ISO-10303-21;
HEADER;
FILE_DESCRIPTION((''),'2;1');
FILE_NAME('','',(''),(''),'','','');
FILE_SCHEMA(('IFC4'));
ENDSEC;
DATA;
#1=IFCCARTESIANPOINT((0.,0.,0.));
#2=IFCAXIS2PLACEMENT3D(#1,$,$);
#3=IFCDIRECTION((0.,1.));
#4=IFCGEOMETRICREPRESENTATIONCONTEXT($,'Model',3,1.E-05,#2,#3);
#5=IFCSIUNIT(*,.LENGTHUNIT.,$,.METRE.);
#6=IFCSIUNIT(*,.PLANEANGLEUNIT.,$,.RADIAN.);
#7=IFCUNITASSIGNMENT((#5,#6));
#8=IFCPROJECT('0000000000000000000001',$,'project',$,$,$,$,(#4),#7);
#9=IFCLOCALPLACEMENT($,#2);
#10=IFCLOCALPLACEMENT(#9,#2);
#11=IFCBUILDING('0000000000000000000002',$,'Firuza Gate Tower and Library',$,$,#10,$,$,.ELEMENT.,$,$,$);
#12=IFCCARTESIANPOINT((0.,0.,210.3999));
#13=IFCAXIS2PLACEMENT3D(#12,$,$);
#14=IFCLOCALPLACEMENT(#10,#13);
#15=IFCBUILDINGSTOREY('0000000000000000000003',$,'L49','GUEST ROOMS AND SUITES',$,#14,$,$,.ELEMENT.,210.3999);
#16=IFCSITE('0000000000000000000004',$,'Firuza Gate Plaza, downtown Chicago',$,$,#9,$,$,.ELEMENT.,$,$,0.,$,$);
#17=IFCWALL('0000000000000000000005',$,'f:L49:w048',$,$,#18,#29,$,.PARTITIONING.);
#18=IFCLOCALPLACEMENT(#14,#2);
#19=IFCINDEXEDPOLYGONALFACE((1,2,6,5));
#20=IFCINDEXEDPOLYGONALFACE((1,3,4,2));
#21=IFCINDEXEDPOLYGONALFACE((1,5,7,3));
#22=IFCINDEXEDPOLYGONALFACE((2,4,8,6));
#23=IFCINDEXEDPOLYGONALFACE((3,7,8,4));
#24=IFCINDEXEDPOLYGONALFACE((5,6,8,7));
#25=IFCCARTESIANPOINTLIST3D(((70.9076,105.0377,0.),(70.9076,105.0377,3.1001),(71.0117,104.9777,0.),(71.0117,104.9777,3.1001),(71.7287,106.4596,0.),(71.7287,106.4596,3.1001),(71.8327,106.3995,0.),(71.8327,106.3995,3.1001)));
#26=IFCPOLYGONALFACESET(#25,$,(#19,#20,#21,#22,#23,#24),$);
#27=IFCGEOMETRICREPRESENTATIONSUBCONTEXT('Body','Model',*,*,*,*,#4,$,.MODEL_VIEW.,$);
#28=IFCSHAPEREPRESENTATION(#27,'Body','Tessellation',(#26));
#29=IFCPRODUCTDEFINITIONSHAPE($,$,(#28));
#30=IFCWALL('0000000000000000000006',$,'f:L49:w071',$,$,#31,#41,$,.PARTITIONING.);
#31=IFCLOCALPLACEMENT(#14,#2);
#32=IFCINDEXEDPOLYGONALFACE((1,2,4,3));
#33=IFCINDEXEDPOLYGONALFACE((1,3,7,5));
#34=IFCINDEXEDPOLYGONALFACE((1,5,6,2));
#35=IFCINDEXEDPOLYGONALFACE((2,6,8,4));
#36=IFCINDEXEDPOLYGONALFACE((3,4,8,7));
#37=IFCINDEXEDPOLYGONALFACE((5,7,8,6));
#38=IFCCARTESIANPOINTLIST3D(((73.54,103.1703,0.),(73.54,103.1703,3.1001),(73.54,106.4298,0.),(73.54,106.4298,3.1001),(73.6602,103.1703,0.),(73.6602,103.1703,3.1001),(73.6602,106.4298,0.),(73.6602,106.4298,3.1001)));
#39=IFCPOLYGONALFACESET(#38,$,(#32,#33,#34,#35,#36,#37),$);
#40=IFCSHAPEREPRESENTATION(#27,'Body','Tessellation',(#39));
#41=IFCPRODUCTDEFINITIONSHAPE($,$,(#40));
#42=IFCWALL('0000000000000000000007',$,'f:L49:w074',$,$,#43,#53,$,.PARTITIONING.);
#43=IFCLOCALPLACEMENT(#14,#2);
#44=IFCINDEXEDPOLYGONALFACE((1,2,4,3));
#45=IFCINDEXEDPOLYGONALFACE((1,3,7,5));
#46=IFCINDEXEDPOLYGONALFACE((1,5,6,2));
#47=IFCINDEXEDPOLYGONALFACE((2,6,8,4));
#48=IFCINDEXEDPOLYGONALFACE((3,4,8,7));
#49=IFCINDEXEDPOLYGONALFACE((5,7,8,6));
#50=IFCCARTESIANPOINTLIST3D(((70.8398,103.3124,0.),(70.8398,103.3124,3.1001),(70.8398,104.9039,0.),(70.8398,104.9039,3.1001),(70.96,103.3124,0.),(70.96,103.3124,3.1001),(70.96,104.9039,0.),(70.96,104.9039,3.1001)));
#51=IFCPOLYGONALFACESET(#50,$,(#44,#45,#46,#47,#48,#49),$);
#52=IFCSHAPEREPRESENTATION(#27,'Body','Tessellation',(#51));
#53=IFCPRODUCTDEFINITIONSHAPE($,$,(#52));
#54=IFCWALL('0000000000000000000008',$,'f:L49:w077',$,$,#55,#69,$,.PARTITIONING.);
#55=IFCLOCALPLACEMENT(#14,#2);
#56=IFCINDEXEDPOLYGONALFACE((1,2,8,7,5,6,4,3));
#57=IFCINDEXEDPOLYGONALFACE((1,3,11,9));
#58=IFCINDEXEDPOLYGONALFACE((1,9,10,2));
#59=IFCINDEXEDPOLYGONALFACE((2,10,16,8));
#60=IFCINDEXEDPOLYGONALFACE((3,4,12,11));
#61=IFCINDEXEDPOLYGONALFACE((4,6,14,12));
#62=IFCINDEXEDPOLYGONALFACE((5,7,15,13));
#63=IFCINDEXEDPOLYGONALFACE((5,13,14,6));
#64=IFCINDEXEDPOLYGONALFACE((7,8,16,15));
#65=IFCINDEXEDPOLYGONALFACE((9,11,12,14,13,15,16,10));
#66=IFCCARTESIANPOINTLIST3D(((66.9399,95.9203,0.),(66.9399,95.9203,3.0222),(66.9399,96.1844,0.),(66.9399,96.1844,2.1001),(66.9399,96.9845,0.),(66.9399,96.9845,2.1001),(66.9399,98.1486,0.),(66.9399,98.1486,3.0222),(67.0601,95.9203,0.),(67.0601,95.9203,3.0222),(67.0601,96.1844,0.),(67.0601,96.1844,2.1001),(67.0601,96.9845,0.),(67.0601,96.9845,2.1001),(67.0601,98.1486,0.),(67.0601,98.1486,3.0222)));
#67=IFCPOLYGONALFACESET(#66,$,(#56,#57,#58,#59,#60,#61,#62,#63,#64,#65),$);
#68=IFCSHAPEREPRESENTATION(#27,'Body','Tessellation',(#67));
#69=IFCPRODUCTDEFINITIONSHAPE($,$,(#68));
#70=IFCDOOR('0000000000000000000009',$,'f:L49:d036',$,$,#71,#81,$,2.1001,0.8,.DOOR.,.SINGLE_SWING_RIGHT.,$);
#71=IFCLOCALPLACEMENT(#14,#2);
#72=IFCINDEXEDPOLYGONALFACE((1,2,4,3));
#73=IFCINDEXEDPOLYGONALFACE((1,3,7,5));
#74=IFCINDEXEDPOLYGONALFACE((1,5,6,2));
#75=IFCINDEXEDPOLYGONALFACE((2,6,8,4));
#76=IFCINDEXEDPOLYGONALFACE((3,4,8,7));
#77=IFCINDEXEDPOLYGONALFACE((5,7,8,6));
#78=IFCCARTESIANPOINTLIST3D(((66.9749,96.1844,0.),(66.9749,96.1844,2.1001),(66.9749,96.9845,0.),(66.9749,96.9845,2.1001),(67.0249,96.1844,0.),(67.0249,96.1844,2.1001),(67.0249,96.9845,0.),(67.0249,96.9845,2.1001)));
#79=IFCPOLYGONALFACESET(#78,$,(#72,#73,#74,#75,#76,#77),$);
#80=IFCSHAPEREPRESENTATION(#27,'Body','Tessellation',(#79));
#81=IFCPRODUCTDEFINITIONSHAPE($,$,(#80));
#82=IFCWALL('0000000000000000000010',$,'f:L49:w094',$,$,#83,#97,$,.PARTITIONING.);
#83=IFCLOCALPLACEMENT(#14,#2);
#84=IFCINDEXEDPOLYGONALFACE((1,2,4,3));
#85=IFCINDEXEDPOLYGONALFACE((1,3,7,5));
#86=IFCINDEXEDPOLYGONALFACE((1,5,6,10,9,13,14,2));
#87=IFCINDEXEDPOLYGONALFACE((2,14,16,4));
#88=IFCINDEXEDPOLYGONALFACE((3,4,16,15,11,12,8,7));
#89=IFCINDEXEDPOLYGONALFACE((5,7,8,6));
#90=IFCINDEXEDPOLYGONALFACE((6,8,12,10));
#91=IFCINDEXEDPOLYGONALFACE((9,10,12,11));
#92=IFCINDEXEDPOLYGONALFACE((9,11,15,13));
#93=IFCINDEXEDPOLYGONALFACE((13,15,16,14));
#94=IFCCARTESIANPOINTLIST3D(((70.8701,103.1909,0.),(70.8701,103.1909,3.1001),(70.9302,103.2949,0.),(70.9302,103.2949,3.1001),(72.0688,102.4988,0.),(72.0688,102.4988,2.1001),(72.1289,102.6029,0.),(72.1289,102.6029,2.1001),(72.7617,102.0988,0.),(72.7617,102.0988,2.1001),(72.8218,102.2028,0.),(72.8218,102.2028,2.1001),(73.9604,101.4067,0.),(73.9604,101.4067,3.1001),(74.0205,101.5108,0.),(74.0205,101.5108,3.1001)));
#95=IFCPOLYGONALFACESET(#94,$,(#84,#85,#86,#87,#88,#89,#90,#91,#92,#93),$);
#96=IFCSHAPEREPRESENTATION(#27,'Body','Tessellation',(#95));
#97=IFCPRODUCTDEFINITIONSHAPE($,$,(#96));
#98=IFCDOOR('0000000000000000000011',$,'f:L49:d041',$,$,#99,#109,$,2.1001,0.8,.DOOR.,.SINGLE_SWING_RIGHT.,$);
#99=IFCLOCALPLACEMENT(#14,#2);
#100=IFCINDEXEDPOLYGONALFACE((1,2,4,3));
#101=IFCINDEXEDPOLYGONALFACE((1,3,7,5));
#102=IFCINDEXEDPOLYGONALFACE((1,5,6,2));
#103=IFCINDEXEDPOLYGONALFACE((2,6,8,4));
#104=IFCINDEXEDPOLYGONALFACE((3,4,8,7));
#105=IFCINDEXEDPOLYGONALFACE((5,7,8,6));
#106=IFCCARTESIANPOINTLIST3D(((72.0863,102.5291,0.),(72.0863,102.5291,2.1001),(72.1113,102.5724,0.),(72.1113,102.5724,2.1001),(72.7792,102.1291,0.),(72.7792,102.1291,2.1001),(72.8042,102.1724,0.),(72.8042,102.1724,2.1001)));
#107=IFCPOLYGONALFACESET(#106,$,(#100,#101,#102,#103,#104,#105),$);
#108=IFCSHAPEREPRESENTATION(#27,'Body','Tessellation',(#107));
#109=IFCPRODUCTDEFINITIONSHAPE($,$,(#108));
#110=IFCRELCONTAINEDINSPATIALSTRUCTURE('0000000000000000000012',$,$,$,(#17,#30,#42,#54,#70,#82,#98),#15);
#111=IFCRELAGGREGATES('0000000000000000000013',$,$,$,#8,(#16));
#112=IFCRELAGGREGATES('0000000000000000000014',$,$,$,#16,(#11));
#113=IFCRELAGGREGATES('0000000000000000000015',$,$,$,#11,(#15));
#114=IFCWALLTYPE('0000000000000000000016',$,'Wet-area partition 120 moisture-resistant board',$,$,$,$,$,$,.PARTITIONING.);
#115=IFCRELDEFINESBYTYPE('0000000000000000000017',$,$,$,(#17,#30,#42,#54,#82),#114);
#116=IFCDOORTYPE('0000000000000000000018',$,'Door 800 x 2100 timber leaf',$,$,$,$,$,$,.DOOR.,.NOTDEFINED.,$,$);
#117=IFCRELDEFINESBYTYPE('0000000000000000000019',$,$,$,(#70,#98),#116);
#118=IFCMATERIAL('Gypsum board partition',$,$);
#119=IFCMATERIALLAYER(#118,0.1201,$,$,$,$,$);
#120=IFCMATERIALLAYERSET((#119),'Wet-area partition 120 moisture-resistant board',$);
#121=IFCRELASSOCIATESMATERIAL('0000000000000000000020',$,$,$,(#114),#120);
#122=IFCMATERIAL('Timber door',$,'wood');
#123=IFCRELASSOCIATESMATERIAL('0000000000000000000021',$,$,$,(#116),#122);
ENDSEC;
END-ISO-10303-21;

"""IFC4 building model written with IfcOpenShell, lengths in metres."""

from ifc_helpers import new_model, si_unit, direction, frame, frame_2d, origin, place, context, subcontext, project, spatial, rectangle, extrude, material, layer, layer_set, type_object, element, fill, save


model = new_model("IFC4")

# Units and contexts
model_context = context("Model", 3, precision=1e-05, world=origin(), true_north=direction((0.0, 1.0)))
body_context = subcontext(model_context, "Body", "Model", "MODEL_VIEW")
ifc_project = project(units=[si_unit("LENGTHUNIT", "METRE"), si_unit("PLANEANGLEUNIT", "RADIAN")], contexts=[model_context])

# Site, building, storey
site_placement = place(None, origin())
site = spatial("IfcSite", under=ifc_project, at=site_placement, Name="Firuza Gate Plaza, downtown Chicago", CompositionType="ELEMENT", RefElevation=0.0)
building_placement = place(site_placement, origin())
building = spatial("IfcBuilding", under=site, at=building_placement, Name="Firuza Gate Tower and Library", CompositionType="ELEMENT")
storey_placement = place(building_placement, frame((0.0, 0.0, 210.3999)))
storey = spatial("IfcBuildingStorey", under=building, at=storey_placement, Name="L49", Description="GUEST ROOMS AND SUITES", CompositionType="ELEMENT", Elevation=210.3999)

# Walls
ifc_material_1 = material(Name="Gypsum board partition")
ifc_layer_1 = layer(ifc_material_1, 0.1201)
ifc_layer_set_1 = layer_set([ifc_layer_1], Name="Wet-area partition 120 moisture-resistant board")
wall_type_1 = type_object("IfcWallType", Name="Wet-area partition 120 moisture-resistant board", PredefinedType="PARTITIONING", material=ifc_layer_set_1)
wall_1_placement = place(storey_placement, frame((70.9597, 105.0078, 0.0), z_axis=(0.0, 0.0, 1.0), x_axis=(0.500057, 0.865992, 0.0)))
element("IfcWall", 1, at=wall_1_placement, inside=storey, type_object=wall_type_1, Name="f:L49:w048", PredefinedType="PARTITIONING", context=body_context, shape_type="SweptSolid", body=[
    extrude(rectangle(XDim=1.6418, YDim=0.1201, at=frame_2d((0.8208, 0.0))), origin(), (0.0, 0.0, 1.0), 3.1001),
])
wall_2_placement = place(storey_placement, frame((73.6001, 103.1702, 0.0), z_axis=(0.0, 0.0, 1.0), x_axis=(0.0, 1.0, 0.0)))
element("IfcWall", 2, at=wall_2_placement, inside=storey, type_object=wall_type_1, Name="f:L49:w071", PredefinedType="PARTITIONING", context=body_context, shape_type="SweptSolid", body=[
    extrude(rectangle(XDim=3.2595, YDim=0.1201, at=frame_2d((1.6299, 0.0))), origin(), (0.0, 0.0, 1.0), 3.1001),
])
wall_3_placement = place(storey_placement, frame((70.8999, 103.3123, 0.0), z_axis=(0.0, 0.0, 1.0), x_axis=(0.0, 1.0, 0.0)))
element("IfcWall", 3, at=wall_3_placement, inside=storey, type_object=wall_type_1, Name="f:L49:w074", PredefinedType="PARTITIONING", context=body_context, shape_type="SweptSolid", body=[
    extrude(rectangle(XDim=1.5916, YDim=0.1201, at=frame_2d((0.7959, 0.0))), origin(), (0.0, 0.0, 1.0), 3.1001),
])

# Walls, openings, doors
wall_4_placement = place(storey_placement, frame((67.0, 98.1487, 0.0), z_axis=(0.0, 0.0, 1.0), x_axis=(0.0, -1.0, 0.0)))
wall_4 = element("IfcWall", 4, at=wall_4_placement, inside=storey, type_object=wall_type_1, Name="f:L49:w077", PredefinedType="PARTITIONING", context=body_context, shape_type="SweptSolid", body=[
    extrude(rectangle(XDim=2.2283, YDim=0.1201, at=frame_2d((1.1143, 0.0))), origin(), (0.0, 0.0, 1.0), 3.0222),
])
opening_1_placement = place(wall_4_placement, frame((1.1643, 0.0, 0.0)))
opening_1 = element("IfcOpeningElement", 5, at=opening_1_placement, cuts=wall_4, PredefinedType="OPENING", context=body_context, shape_type="SweptSolid", body=[
    extrude(rectangle(XDim=0.8, YDim=2.1001, at=frame_2d((0.3999, 1.05))), frame((0.0, 0.0701, 0.0), z_axis=(0.0, -1.0, 0.0), x_axis=(1.0, 0.0, 0.0)), (0.0, 0.0, 1.0), 0.1401),
])
ifc_material_2 = material(Name="Timber door", Category="wood")
door_type = type_object("IfcDoorType", Name="Door 800 x 2100 timber leaf", OperationType="NOTDEFINED", PredefinedType="DOOR", material=ifc_material_2)
door_1_placement = place(opening_1_placement, origin())
door_1 = element("IfcDoor", 6, at=door_1_placement, inside=storey, type_object=door_type, Name="f:L49:d036", OperationType="SINGLE_SWING_RIGHT", OverallHeight=2.1001, OverallWidth=0.8, PredefinedType="DOOR", context=body_context, shape_type="SweptSolid", body=[
    extrude(rectangle(XDim=0.8, YDim=2.1001, at=frame_2d((0.3999, 1.05))), frame((0.0, 0.0249, 0.0), z_axis=(0.0, -1.0, 0.0), x_axis=(1.0, 0.0, 0.0)), (0.0, 0.0, 1.0), 0.05),
])
fill(opening_1, door_1)
wall_5_placement = place(storey_placement, frame((70.9001, 103.2429, 0.0), z_axis=(0.0, 0.0, 1.0), x_axis=(0.866028, -0.499995, 0.0)))
wall_5 = element("IfcWall", 7, at=wall_5_placement, inside=storey, type_object=wall_type_1, Name="f:L49:w094", PredefinedType="PARTITIONING", context=body_context, shape_type="SweptSolid", body=[
    extrude(rectangle(XDim=3.5684, YDim=0.1201, at=frame_2d((1.7842, 0.0))), origin(), (0.0, 0.0, 1.0), 3.1001),
])
opening_2_placement = place(wall_5_placement, frame((1.3843, 0.0, 0.0)))
opening_2 = element("IfcOpeningElement", 8, at=opening_2_placement, cuts=wall_5, PredefinedType="OPENING", context=body_context, shape_type="SweptSolid", body=[
    extrude(rectangle(XDim=0.8, YDim=2.1001, at=frame_2d((0.3999, 1.05))), frame((0.0, 0.0701, 0.0), z_axis=(0.0, -1.0, 0.0), x_axis=(1.0, 0.0, 0.0)), (0.0, 0.0, 1.0), 0.1401),
])
door_2_placement = place(opening_2_placement, origin())
door_2 = element("IfcDoor", 9, at=door_2_placement, inside=storey, type_object=door_type, Name="f:L49:d041", OperationType="SINGLE_SWING_RIGHT", OverallHeight=2.1001, OverallWidth=0.8, PredefinedType="DOOR", context=body_context, shape_type="SweptSolid", body=[
    extrude(rectangle(XDim=0.8, YDim=2.1001, at=frame_2d((0.3999, 1.05))), frame((0.0, 0.0249, 0.0), z_axis=(0.0, -1.0, 0.0), x_axis=(1.0, 0.0, 0.0)), (0.0, 0.0, 1.0), 0.05),
])
fill(opening_2, door_2)

save(model, "model.ifc")
